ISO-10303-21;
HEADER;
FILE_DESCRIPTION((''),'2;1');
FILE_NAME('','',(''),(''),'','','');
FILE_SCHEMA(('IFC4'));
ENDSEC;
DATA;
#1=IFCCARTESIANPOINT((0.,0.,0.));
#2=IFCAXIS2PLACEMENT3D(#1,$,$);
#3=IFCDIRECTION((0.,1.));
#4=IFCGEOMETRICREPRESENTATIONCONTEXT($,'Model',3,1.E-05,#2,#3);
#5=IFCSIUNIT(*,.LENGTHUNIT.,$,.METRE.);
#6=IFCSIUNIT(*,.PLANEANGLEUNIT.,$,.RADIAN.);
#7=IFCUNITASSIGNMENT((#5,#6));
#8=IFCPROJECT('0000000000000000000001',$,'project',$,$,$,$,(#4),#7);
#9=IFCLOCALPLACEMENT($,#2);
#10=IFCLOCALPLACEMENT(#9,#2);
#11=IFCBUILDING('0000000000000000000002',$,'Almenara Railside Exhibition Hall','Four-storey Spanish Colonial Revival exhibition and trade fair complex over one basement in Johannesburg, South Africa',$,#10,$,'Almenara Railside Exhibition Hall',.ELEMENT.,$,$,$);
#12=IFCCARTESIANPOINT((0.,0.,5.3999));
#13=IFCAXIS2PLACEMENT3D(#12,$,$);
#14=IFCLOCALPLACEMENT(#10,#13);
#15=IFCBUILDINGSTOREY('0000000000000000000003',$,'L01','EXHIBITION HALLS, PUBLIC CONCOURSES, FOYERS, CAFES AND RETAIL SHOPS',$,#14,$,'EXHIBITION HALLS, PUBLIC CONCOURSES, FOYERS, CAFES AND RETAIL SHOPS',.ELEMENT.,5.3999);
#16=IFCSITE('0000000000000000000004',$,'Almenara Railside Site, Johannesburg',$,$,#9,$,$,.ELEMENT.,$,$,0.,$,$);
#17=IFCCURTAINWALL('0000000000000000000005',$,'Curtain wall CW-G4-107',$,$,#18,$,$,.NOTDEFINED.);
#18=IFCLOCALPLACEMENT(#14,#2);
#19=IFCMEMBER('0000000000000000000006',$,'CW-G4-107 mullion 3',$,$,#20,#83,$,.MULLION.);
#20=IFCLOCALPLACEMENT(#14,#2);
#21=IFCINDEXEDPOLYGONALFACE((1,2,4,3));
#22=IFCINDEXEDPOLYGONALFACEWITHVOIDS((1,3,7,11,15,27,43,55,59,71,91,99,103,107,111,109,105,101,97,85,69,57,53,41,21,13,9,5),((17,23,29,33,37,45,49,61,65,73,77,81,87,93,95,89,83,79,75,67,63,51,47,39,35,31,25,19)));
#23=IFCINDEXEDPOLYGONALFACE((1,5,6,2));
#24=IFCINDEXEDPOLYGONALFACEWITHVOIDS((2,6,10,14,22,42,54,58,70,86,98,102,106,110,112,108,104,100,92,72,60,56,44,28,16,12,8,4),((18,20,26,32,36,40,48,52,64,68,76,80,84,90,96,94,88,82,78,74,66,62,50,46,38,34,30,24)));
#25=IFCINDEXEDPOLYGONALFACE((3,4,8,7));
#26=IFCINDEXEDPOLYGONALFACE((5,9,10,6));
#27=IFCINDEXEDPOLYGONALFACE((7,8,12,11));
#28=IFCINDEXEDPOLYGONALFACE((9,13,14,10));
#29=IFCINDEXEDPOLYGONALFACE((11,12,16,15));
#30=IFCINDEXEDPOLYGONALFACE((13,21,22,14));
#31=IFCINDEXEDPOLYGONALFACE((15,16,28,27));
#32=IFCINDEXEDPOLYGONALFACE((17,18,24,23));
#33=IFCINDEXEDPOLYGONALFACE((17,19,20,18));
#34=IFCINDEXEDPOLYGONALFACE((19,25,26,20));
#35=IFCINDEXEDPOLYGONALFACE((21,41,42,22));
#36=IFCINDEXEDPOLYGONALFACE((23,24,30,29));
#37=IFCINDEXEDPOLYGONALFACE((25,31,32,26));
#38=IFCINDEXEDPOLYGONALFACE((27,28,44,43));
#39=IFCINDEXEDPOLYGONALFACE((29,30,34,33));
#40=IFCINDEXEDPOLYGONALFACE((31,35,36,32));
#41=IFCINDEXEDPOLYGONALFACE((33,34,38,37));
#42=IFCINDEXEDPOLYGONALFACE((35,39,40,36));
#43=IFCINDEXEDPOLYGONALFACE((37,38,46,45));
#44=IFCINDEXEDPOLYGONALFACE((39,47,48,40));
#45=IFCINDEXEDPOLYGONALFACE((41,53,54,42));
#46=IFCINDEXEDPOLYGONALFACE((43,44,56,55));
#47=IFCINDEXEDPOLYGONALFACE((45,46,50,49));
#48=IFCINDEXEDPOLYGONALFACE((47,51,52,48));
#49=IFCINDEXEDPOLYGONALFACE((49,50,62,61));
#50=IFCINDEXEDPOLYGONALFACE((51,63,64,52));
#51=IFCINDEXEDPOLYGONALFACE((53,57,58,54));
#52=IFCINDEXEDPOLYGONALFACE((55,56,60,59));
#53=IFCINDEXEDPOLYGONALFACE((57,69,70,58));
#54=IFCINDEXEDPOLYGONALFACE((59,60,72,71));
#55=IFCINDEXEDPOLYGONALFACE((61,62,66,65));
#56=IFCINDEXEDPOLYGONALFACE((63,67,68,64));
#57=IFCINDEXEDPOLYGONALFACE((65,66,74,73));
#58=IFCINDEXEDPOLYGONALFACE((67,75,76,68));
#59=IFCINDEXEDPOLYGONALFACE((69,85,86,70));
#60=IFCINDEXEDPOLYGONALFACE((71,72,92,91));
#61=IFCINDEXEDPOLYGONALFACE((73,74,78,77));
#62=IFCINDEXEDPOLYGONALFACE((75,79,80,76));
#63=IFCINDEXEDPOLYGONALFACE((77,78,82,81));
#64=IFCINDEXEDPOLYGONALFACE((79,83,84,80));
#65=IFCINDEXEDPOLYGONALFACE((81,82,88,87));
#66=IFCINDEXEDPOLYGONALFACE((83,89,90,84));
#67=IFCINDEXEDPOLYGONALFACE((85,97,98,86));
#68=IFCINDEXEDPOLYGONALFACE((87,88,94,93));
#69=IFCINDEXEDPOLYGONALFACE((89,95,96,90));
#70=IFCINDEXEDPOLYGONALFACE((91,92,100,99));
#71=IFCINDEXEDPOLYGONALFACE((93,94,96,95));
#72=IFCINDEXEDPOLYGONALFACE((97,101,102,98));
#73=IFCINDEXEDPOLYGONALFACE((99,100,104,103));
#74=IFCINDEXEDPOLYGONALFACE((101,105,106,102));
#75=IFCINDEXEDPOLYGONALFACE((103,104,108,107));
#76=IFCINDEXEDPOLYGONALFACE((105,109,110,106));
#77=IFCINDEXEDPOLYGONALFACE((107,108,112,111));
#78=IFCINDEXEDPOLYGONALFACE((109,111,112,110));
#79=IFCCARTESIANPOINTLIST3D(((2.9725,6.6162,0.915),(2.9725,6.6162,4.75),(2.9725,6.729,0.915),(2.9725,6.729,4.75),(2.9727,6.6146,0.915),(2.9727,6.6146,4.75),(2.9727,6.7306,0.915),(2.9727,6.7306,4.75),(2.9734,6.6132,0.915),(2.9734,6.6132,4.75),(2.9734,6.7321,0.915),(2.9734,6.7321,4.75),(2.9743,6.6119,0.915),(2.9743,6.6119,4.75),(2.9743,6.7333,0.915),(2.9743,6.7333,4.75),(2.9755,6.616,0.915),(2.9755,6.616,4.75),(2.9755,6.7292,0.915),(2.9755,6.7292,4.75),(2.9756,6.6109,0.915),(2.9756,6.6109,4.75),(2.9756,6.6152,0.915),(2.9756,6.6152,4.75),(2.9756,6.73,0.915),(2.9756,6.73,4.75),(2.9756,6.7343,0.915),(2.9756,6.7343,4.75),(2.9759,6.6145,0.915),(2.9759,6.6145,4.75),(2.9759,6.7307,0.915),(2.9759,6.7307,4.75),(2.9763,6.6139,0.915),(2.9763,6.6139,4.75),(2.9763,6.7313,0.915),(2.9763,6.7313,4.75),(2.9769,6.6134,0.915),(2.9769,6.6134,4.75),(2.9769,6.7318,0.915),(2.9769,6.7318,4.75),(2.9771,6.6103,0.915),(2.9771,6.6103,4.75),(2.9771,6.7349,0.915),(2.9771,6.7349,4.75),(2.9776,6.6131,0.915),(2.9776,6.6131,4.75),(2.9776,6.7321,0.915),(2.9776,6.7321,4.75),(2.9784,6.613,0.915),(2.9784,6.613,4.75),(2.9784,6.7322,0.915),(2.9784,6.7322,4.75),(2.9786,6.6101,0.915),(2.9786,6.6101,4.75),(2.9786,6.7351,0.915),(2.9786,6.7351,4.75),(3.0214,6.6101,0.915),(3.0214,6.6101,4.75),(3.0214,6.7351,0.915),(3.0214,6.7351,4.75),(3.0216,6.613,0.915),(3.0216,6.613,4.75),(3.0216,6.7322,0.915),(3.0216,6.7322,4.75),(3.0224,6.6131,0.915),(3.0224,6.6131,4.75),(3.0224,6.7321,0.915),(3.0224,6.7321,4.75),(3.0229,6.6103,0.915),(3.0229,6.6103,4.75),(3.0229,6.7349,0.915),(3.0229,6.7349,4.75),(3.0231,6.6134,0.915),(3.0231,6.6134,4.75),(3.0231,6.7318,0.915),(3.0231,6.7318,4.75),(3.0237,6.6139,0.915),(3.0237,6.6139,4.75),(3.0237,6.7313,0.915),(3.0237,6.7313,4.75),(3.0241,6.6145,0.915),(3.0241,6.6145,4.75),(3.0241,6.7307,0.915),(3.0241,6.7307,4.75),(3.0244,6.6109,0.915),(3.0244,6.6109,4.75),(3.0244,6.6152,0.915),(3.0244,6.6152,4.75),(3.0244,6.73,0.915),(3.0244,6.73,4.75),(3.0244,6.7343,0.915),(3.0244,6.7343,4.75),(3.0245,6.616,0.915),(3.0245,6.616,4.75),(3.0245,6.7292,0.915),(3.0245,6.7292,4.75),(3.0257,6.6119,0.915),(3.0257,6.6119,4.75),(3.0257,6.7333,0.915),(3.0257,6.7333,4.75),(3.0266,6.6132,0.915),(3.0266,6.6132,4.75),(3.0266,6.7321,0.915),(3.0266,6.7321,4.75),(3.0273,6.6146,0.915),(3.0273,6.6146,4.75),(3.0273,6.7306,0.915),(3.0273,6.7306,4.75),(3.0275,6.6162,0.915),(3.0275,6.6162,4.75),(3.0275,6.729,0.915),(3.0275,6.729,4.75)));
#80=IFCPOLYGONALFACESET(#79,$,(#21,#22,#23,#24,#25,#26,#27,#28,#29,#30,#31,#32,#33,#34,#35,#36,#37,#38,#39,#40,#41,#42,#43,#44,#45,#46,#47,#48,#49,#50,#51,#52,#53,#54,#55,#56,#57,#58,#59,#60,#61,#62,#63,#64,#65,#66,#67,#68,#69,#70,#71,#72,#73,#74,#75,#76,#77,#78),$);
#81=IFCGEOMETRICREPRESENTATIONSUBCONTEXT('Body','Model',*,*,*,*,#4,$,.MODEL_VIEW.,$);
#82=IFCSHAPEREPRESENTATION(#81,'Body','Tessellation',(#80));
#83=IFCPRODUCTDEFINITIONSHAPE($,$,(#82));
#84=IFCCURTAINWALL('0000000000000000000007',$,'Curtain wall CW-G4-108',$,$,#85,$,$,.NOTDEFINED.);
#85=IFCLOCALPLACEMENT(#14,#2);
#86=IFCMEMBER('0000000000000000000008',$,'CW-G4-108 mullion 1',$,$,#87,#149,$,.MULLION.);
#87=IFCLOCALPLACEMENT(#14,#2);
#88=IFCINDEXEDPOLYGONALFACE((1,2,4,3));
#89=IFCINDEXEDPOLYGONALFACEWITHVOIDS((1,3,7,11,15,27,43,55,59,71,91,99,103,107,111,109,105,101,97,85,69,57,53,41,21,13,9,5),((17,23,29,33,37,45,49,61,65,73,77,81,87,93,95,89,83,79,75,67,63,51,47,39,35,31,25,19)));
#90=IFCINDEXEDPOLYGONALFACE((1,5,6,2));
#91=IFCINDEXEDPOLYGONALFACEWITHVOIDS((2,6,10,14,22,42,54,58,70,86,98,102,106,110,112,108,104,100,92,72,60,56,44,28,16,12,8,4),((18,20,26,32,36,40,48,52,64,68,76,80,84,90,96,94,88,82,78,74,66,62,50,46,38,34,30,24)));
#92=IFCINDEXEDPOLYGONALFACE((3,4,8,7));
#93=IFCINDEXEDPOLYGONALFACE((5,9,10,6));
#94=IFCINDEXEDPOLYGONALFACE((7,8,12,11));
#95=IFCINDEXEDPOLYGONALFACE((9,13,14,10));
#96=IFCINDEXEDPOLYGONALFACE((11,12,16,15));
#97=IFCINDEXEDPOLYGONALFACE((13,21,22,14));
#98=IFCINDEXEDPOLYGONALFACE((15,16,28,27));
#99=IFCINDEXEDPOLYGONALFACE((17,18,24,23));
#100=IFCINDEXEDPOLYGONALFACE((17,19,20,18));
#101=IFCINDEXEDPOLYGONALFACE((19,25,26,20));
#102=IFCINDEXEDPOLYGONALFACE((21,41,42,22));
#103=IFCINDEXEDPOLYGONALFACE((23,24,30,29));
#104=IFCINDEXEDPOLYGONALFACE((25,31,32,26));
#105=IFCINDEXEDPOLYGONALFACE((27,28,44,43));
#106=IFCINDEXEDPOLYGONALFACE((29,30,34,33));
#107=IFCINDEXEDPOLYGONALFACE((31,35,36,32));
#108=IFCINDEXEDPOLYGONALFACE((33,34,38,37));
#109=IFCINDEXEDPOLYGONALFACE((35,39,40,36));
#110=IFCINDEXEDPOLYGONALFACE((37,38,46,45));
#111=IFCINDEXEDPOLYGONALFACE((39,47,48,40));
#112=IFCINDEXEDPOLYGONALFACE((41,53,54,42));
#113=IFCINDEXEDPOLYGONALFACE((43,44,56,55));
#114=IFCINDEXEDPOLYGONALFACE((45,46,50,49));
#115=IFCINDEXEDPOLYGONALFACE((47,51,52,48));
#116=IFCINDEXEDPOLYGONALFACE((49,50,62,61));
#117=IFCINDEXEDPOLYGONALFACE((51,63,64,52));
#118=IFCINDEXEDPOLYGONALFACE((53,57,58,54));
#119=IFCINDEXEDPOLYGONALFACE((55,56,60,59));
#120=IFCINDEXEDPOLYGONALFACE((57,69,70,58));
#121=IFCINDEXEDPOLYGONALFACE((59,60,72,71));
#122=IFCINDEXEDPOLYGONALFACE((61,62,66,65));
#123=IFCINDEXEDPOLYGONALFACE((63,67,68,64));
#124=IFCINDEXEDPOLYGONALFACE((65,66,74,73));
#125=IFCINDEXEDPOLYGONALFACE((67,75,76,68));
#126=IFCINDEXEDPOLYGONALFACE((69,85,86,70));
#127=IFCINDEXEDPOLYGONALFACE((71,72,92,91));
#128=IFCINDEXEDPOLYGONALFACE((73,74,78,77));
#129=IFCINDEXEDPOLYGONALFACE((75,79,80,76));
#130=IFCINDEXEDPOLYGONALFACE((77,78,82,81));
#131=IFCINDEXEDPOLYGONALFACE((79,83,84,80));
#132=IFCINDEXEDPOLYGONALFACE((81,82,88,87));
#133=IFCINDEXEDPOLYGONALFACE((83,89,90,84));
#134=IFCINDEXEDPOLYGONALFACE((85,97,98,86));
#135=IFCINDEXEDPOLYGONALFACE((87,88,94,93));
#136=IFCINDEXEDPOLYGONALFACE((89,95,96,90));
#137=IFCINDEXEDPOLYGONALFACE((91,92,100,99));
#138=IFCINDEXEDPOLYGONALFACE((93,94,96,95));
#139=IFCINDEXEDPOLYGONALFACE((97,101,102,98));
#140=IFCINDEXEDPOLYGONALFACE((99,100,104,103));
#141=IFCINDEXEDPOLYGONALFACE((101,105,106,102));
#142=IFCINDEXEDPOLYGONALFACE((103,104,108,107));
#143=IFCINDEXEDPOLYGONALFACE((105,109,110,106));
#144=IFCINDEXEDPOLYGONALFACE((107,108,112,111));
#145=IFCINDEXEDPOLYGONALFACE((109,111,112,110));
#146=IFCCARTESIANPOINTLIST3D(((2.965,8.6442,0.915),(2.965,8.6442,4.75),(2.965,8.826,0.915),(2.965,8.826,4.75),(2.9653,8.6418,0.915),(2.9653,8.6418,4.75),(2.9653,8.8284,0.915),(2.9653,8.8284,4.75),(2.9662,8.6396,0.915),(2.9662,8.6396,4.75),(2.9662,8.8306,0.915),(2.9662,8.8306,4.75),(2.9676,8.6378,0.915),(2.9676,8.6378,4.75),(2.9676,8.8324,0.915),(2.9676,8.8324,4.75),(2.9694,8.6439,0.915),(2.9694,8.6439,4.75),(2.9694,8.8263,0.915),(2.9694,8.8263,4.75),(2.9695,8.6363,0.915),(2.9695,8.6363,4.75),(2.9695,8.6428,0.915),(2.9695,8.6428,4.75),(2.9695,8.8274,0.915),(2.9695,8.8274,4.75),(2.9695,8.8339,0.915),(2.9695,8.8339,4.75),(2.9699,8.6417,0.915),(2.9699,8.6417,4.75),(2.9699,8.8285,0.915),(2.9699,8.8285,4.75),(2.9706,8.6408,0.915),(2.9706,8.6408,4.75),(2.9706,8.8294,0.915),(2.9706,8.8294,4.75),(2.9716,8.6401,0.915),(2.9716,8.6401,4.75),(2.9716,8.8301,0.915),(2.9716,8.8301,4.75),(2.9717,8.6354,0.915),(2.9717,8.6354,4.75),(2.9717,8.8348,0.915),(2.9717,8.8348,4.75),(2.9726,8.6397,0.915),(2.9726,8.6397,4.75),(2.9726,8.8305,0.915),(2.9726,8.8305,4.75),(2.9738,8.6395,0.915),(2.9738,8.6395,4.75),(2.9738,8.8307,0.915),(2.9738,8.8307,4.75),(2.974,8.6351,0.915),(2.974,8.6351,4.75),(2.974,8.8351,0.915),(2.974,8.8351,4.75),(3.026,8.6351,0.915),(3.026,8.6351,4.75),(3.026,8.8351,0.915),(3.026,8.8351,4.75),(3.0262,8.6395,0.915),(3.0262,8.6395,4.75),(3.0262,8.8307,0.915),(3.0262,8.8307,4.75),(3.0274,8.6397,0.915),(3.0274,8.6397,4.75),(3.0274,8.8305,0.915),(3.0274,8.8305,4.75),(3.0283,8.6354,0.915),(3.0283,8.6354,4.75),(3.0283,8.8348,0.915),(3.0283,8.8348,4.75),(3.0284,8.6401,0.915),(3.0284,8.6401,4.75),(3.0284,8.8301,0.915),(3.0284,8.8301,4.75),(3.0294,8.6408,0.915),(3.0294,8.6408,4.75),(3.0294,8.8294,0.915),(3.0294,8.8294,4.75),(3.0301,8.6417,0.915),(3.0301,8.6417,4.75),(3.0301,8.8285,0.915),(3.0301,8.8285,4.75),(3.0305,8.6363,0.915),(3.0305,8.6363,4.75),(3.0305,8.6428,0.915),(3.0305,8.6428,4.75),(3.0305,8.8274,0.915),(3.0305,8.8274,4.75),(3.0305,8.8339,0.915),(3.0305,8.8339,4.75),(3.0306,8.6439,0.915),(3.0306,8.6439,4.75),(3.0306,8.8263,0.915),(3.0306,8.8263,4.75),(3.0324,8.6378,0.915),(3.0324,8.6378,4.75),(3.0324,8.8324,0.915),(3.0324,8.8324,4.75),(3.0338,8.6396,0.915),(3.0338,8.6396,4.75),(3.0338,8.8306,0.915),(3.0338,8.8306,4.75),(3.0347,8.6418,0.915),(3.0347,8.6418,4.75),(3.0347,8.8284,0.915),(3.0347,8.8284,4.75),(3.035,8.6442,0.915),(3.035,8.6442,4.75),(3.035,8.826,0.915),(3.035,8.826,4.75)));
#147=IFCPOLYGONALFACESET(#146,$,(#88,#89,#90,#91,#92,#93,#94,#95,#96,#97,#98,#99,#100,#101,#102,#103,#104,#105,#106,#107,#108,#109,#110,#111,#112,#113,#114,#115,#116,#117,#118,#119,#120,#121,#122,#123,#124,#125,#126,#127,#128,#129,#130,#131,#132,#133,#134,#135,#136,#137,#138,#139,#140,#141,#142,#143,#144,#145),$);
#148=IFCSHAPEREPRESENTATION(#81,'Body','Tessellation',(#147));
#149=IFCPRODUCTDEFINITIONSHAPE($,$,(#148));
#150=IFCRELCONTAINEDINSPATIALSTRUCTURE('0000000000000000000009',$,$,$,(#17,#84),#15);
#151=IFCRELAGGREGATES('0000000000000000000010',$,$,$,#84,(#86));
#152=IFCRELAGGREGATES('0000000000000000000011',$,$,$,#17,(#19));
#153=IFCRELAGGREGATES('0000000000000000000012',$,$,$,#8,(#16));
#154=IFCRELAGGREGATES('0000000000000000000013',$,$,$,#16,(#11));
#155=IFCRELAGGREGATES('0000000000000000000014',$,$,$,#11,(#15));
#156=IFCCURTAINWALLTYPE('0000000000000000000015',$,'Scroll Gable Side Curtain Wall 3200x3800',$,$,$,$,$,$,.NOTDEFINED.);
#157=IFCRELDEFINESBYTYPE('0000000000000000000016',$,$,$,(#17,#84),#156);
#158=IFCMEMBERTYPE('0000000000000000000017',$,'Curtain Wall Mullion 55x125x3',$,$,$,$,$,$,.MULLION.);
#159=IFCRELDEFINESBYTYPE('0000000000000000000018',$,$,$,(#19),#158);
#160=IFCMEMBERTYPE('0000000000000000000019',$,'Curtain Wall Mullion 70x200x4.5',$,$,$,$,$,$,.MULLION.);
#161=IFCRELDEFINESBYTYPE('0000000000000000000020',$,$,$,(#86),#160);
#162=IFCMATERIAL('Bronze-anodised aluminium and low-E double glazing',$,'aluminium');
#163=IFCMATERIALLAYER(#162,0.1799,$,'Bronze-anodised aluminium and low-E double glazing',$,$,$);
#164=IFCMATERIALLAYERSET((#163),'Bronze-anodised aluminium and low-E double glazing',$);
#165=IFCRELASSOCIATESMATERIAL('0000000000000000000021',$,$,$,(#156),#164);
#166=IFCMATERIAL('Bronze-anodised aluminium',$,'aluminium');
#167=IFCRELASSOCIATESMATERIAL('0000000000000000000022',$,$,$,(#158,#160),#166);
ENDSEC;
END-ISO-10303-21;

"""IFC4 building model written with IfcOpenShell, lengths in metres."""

from ifc_helpers import new_model, si_unit, direction, frame, origin, origin_2d, place, context, subcontext, project, spatial, hollow_rectangle, extrude, material, layer, layer_set, material_profile, profile_set, type_object, element, aggregate, save


model = new_model("IFC4")

# Units and contexts
model_context = context("Model", 3, precision=1e-05, world=origin(), true_north=direction((0.0, 1.0)))
body_context = subcontext(model_context, "Body", "Model", "MODEL_VIEW")
ifc_project = project(units=[si_unit("LENGTHUNIT", "METRE"), si_unit("PLANEANGLEUNIT", "RADIAN")], contexts=[model_context])

# Site, building, storey
site_placement = place(None, origin())
site = spatial("IfcSite", under=ifc_project, at=site_placement, Name="Almenara Railside Site, Johannesburg", CompositionType="ELEMENT", RefElevation=0.0)
building_placement = place(site_placement, origin())
building = spatial("IfcBuilding", under=site, at=building_placement, Name="Almenara Railside Exhibition Hall", Description="Four-storey Spanish Colonial Revival exhibition and trade fair complex over one basement in Johannesburg, South Africa", LongName="Almenara Railside Exhibition Hall", CompositionType="ELEMENT")
storey_placement = place(building_placement, frame((0.0, 0.0, 5.3999)))
storey = spatial("IfcBuildingStorey", under=building, at=storey_placement, Name="L01", Description="EXHIBITION HALLS, PUBLIC CONCOURSES, FOYERS, CAFES AND RETAIL SHOPS", LongName="EXHIBITION HALLS, PUBLIC CONCOURSES, FOYERS, CAFES AND RETAIL SHOPS", CompositionType="ELEMENT", Elevation=5.3999)

# Curtain wall, member
ifc_material_1 = material(Name="Bronze-anodised aluminium and low-E double glazing", Category="aluminium")
ifc_layer_1 = layer(ifc_material_1, 0.1799, Name="Bronze-anodised aluminium and low-E double glazing")
ifc_layer_set_1 = layer_set([ifc_layer_1], Name="Bronze-anodised aluminium and low-E double glazing")
curtain_wall_type = type_object("IfcCurtainWallType", Name="Scroll Gable Side Curtain Wall 3200x3800", PredefinedType="NOTDEFINED", material=ifc_layer_set_1)
curtain_wall_1_placement = place(storey_placement, origin())
curtain_wall_1 = element("IfcCurtainWall", 1, at=curtain_wall_1_placement, inside=storey, type_object=curtain_wall_type, Name="Curtain wall CW-G4-107", PredefinedType="NOTDEFINED")
ifc_material_2 = material(Name="Bronze-anodised aluminium", Category="aluminium")
ifc_material_profile_1 = material_profile(ifc_material_2, hollow_rectangle(XDim=0.0549, YDim=0.125, WallThickness=0.0029, InnerFilletRadius=0.0029, OuterFilletRadius=0.0061, at=origin_2d()), Name="ALU-MUL 55x125x3")
ifc_profile_set_1 = profile_set([ifc_material_profile_1], Name="Bronze-anodised aluminium")
member_type_1 = type_object("IfcMemberType", Name="Curtain Wall Mullion 55x125x3", PredefinedType="MULLION", material=ifc_profile_set_1)
member_1_placement = place(storey_placement, frame((3.0, 6.6726, 0.915), z_axis=(0.0, 0.0, 1.0), x_axis=(-1.0, 0.0, 0.0)))
member_1 = element("IfcMember", 2, at=member_1_placement, type_object=member_type_1, Name="CW-G4-107 mullion 3", PredefinedType="MULLION", context=body_context, shape_type="SweptSolid", body=[
    extrude(hollow_rectangle(XDim=0.0549, YDim=0.125, WallThickness=0.0029, InnerFilletRadius=0.0029, OuterFilletRadius=0.0061, at=origin_2d()), origin(), (0.0, 0.0, 1.0), 3.835),
])

# Curtain wall, member
curtain_wall_2_placement = place(storey_placement, origin())
curtain_wall_2 = element("IfcCurtainWall", 3, at=curtain_wall_2_placement, inside=storey, type_object=curtain_wall_type, Name="Curtain wall CW-G4-108", PredefinedType="NOTDEFINED")
ifc_material_profile_2 = material_profile(ifc_material_2, hollow_rectangle(XDim=0.0701, YDim=0.2, WallThickness=0.0044, InnerFilletRadius=0.0044, OuterFilletRadius=0.009, at=origin_2d()), Name="ALU-MUL 70x200x4.5")
ifc_profile_set_2 = profile_set([ifc_material_profile_2], Name="Bronze-anodised aluminium")
member_type_2 = type_object("IfcMemberType", Name="Curtain Wall Mullion 70x200x4.5", PredefinedType="MULLION", material=ifc_profile_set_2)
member_2_placement = place(storey_placement, frame((3.0, 8.7351, 0.915), z_axis=(0.0, 0.0, 1.0), x_axis=(-1.0, 0.0, 0.0)))
member_2 = element("IfcMember", 4, at=member_2_placement, type_object=member_type_2, Name="CW-G4-108 mullion 1", PredefinedType="MULLION", context=body_context, shape_type="SweptSolid", body=[
    extrude(hollow_rectangle(XDim=0.0701, YDim=0.2, WallThickness=0.0044, InnerFilletRadius=0.0044, OuterFilletRadius=0.009, at=origin_2d()), origin(), (0.0, 0.0, 1.0), 3.835),
])

aggregate(curtain_wall_2, [member_2])

aggregate(curtain_wall_1, [member_1])

save(model, "model.ifc")
